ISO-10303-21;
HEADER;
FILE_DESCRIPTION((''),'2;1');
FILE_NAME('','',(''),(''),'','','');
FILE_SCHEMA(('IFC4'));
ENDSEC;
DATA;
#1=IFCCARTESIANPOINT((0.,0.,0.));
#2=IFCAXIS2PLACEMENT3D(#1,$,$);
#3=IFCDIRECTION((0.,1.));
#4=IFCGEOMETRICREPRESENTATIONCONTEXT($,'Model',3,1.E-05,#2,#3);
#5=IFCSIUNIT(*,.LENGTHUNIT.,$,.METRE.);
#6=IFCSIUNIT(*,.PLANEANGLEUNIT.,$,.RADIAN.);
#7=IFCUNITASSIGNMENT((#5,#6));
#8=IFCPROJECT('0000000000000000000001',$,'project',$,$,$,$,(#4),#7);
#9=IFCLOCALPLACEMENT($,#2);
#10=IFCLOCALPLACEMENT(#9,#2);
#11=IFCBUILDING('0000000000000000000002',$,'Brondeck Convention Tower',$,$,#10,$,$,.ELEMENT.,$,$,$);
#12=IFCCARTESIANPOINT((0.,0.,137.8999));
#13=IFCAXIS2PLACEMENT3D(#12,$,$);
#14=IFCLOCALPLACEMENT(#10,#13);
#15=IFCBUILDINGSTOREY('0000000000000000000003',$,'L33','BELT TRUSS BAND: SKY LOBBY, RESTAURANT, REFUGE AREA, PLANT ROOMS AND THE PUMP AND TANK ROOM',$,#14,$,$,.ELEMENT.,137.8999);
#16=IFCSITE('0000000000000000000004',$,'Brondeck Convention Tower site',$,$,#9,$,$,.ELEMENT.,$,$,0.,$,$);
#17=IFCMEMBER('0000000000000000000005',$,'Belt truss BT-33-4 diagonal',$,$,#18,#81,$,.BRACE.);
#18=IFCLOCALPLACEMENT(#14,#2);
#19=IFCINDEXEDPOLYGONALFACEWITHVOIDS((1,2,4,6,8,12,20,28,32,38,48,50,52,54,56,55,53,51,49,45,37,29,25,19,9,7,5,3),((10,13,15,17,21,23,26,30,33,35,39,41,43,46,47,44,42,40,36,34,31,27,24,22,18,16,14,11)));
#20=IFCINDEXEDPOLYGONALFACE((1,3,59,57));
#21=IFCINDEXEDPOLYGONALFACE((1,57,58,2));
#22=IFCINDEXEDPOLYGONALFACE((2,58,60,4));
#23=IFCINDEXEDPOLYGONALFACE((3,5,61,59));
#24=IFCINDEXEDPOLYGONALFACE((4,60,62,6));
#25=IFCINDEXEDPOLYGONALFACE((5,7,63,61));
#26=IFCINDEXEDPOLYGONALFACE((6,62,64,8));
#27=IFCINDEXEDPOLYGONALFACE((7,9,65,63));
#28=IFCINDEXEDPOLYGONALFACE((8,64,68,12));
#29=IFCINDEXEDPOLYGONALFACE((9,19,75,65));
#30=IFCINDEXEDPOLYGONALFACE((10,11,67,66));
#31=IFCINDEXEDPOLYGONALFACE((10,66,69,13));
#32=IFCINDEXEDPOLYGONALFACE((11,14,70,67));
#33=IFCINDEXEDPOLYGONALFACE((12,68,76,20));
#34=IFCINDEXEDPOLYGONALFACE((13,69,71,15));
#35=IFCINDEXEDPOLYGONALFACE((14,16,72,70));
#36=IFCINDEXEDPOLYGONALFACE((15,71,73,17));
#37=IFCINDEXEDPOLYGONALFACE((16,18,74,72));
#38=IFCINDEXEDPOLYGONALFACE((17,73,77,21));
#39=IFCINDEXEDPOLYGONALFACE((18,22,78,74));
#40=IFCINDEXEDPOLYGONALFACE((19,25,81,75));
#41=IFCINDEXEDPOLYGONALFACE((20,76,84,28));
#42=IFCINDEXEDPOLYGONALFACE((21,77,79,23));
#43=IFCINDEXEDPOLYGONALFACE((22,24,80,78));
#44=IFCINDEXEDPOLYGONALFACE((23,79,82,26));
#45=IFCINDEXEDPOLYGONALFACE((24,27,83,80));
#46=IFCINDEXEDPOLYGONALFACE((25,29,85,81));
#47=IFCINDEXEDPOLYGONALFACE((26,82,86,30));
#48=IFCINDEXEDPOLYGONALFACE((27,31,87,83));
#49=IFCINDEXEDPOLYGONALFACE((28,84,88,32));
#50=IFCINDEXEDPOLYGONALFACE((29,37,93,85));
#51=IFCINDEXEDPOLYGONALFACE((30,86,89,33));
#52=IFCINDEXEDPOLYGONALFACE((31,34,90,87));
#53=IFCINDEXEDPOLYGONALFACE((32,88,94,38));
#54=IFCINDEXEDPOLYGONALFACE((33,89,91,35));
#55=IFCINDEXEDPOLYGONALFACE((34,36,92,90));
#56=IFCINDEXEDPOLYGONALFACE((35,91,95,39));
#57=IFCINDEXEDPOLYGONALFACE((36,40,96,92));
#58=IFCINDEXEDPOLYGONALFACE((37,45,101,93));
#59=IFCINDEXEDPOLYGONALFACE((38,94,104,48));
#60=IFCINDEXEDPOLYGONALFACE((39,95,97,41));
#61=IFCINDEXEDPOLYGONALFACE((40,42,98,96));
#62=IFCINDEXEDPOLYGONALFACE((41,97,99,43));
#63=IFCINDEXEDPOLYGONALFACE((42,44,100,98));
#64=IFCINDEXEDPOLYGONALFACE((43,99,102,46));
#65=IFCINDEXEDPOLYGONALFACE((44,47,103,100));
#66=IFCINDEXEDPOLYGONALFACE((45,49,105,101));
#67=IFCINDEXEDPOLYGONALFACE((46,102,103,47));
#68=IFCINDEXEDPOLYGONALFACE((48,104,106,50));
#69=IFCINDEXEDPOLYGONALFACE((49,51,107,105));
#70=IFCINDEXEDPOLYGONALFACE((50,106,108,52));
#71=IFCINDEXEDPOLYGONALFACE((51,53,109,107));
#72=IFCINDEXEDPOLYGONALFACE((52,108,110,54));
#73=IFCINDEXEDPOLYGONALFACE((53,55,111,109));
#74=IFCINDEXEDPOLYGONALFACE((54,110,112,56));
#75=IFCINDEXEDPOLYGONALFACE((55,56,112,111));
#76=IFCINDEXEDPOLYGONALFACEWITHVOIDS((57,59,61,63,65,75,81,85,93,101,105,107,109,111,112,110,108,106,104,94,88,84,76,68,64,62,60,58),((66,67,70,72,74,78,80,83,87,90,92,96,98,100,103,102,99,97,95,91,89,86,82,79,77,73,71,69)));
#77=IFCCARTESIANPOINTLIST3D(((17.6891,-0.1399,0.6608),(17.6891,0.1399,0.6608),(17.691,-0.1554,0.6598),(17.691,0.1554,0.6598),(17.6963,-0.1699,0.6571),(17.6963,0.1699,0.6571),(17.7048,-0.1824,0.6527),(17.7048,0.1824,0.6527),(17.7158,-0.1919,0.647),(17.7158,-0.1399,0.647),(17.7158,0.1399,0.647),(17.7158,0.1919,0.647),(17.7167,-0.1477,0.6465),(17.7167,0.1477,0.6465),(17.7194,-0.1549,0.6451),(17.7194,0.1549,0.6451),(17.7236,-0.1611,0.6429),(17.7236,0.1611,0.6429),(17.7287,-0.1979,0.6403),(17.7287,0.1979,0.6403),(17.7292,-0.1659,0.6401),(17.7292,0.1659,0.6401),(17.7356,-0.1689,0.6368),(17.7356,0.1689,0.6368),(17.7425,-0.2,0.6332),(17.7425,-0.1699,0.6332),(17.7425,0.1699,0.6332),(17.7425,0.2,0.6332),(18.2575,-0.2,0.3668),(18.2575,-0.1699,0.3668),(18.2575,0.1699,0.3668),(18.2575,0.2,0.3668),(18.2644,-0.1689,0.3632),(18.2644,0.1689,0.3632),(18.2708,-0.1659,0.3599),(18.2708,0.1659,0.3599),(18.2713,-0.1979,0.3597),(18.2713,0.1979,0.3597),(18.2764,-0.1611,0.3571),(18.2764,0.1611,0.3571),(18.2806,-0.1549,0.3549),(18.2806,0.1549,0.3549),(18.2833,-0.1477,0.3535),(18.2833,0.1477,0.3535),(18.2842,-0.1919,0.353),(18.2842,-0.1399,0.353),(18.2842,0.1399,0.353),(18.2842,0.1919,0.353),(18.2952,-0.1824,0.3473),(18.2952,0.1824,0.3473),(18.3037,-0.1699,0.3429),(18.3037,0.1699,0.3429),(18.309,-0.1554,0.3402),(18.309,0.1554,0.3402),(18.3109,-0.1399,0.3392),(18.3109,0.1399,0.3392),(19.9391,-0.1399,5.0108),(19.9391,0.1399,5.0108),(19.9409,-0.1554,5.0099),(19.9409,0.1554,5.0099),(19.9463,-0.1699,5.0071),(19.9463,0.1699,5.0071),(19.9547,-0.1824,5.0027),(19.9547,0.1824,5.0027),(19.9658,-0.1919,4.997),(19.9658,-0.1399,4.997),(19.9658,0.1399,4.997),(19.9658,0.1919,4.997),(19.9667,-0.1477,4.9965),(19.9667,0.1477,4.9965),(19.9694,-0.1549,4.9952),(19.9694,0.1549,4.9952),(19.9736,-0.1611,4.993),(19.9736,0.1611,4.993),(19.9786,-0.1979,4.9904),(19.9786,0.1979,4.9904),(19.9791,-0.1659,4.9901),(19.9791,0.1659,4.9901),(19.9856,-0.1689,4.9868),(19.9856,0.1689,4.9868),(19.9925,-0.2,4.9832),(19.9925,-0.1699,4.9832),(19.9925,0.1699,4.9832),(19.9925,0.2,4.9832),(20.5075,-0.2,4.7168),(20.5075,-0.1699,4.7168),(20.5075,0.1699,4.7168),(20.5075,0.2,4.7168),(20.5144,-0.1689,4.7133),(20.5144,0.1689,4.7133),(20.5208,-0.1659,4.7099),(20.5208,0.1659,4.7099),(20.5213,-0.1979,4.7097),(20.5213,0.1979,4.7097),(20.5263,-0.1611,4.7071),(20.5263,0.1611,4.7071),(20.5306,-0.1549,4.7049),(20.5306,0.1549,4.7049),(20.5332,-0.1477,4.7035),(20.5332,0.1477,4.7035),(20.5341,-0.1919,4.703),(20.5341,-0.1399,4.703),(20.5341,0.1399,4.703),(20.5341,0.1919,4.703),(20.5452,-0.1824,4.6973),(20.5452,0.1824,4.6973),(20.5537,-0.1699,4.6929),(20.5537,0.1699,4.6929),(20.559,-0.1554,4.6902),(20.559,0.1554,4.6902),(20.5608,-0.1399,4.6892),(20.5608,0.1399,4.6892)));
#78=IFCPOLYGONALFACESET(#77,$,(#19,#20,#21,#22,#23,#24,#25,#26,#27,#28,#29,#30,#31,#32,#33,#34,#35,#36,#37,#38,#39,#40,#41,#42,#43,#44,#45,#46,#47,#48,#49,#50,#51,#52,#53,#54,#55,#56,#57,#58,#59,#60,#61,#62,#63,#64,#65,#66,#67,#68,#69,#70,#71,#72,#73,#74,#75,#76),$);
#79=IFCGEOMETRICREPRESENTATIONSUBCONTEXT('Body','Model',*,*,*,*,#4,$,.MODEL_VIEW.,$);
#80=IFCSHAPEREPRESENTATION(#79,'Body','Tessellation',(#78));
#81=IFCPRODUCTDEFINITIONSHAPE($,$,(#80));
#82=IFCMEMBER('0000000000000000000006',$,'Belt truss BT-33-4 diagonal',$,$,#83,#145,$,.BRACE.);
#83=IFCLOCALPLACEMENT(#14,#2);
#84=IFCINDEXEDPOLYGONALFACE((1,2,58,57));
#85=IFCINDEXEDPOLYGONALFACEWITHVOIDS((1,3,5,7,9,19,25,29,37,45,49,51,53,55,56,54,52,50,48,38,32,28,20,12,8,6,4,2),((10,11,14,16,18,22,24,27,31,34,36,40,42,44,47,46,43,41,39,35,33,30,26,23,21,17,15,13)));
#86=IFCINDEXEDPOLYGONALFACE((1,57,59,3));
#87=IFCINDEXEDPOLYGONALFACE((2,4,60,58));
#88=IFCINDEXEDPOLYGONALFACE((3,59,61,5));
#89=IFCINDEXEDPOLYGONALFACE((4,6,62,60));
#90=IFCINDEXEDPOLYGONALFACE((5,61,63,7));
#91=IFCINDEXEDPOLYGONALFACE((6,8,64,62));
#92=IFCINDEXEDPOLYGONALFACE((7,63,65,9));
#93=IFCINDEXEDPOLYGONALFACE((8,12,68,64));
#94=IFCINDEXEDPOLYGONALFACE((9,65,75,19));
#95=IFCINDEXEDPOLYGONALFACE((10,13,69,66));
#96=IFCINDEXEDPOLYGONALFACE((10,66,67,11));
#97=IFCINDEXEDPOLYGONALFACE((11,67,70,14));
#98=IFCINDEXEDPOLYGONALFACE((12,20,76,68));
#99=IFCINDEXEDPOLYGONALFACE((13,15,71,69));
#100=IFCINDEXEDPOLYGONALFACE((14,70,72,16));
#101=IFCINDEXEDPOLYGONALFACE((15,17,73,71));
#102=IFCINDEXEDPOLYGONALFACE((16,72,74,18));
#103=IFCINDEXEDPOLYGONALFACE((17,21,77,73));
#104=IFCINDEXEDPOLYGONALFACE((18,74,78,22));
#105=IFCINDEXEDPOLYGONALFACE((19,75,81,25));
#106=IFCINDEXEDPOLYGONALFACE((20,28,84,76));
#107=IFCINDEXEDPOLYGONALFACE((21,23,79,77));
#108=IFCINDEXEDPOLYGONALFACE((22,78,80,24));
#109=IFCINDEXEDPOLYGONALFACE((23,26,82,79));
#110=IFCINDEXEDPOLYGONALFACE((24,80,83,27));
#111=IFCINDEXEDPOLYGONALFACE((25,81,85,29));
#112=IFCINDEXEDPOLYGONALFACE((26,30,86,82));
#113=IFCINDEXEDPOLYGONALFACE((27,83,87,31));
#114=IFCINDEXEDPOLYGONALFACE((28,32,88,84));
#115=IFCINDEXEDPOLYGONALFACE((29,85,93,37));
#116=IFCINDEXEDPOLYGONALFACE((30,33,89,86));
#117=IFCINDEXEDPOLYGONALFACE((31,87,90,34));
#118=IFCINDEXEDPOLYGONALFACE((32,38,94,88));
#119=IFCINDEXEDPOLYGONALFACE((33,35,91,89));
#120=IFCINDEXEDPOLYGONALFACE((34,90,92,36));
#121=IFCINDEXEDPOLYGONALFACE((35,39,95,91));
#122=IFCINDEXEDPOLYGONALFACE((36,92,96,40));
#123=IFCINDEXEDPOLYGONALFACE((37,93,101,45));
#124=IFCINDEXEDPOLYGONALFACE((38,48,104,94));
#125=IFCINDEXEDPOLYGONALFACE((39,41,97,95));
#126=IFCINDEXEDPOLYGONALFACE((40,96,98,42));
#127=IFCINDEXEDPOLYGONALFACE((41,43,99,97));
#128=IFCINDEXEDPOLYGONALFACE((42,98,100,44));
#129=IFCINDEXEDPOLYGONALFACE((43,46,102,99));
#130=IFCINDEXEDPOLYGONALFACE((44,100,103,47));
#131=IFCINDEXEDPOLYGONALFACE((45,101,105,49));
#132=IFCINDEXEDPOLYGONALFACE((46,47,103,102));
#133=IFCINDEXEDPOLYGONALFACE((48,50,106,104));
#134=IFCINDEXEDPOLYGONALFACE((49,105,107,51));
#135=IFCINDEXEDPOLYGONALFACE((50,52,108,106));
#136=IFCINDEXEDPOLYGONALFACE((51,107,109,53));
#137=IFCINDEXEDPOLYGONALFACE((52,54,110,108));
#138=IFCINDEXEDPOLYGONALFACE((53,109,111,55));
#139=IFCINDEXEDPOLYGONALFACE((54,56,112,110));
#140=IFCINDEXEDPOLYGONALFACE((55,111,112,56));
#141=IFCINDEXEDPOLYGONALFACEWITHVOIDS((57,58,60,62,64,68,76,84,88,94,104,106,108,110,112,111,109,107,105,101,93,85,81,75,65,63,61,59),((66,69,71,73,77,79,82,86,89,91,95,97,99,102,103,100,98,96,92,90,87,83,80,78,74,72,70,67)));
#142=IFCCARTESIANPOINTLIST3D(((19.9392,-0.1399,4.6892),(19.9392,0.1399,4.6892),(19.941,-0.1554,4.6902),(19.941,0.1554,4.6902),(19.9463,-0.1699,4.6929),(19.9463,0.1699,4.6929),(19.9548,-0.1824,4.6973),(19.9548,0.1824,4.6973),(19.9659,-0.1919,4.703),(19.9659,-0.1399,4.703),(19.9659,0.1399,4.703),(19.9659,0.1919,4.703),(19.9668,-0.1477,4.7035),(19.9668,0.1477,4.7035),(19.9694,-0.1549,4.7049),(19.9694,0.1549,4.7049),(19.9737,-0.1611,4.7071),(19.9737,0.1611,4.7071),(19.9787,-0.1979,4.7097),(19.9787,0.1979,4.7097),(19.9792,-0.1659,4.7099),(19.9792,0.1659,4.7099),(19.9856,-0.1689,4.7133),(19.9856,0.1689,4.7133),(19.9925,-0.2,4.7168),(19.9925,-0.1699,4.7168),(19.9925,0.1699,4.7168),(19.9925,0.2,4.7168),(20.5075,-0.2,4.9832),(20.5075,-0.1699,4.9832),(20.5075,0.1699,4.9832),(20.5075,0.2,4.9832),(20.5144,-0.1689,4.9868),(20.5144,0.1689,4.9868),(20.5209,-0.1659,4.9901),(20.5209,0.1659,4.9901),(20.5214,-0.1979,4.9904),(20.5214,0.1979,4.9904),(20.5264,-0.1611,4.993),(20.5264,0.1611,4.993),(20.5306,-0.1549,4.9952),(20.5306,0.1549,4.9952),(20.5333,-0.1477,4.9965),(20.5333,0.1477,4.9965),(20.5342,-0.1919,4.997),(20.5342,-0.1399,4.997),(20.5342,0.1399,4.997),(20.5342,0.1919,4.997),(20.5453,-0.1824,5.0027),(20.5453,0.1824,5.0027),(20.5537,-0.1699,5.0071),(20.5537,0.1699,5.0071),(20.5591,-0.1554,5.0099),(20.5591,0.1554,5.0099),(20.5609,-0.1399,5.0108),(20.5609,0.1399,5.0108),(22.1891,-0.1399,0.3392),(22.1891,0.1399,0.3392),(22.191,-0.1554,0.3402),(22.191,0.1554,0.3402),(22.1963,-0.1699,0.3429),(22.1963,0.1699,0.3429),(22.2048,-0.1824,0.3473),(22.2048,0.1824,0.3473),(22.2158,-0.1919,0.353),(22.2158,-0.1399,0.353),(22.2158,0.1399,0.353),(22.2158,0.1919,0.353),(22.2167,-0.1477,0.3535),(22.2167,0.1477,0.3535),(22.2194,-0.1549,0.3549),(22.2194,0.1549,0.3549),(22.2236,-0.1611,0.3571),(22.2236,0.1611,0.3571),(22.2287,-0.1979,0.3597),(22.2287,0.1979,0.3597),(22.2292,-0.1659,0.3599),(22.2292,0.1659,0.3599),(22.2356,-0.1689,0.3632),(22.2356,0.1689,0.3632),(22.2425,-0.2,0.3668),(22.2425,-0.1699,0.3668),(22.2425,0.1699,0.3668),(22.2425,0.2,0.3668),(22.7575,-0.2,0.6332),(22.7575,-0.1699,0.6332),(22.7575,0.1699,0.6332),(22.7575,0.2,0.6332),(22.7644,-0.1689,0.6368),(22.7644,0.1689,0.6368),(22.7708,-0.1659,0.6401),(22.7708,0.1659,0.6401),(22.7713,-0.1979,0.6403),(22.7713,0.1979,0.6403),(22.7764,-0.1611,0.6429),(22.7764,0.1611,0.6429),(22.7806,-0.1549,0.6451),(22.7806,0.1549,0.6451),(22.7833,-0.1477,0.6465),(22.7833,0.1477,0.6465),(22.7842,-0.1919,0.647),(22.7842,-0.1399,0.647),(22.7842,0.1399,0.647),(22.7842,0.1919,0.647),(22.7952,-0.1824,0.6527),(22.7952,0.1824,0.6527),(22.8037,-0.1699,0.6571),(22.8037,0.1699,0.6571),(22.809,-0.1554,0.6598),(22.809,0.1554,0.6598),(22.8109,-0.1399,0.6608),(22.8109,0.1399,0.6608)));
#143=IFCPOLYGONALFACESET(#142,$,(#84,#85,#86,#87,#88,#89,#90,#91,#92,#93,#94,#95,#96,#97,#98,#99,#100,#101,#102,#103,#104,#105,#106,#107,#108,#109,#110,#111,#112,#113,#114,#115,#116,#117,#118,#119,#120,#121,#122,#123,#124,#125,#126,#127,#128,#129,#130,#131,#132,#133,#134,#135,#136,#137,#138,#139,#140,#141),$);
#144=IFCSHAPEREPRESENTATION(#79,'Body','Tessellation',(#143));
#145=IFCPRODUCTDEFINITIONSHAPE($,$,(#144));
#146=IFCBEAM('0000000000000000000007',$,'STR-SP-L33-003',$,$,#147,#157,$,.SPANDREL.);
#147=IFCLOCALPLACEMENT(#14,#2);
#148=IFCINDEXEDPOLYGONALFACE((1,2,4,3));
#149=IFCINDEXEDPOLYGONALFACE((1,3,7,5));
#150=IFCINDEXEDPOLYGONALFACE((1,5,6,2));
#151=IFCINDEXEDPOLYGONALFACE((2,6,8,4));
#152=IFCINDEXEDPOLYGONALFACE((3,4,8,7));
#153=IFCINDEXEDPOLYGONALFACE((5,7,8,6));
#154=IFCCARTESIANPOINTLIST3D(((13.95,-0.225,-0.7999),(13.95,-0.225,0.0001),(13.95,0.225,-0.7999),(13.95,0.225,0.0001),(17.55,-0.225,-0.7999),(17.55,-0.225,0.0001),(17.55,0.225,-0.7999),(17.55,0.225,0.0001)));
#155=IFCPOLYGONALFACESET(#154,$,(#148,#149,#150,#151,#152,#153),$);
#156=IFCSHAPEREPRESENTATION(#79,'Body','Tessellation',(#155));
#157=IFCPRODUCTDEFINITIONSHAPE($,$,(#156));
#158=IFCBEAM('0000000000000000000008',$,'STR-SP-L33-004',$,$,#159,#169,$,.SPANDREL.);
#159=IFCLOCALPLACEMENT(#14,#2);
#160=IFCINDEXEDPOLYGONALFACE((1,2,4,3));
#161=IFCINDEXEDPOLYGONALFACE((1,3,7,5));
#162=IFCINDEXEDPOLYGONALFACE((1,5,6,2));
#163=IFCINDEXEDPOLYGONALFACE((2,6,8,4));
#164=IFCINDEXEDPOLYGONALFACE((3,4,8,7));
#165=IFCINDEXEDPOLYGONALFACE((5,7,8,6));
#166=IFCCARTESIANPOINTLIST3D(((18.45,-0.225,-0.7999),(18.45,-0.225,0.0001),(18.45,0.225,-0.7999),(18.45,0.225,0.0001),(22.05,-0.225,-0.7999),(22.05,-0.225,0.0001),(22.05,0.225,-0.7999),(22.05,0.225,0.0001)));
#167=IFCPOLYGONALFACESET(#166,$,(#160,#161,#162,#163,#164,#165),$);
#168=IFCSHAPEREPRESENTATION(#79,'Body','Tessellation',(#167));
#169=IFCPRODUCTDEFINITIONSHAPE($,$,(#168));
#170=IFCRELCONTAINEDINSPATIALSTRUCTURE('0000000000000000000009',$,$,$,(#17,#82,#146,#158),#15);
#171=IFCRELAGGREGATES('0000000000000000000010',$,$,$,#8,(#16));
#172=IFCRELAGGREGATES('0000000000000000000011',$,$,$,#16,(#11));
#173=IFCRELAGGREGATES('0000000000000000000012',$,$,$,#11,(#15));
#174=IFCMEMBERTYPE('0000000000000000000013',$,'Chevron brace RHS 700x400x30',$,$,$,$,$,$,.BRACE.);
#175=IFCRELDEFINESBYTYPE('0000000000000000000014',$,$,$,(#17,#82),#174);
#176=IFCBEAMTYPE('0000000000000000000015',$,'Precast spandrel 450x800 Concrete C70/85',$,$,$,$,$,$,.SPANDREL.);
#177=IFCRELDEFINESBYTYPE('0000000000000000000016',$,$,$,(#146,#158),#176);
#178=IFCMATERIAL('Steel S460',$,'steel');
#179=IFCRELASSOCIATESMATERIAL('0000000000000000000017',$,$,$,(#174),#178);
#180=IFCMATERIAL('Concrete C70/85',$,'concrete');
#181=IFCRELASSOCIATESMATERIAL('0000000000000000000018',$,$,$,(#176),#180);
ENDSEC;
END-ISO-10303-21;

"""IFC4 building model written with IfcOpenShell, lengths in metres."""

from ifc_helpers import new_model, si_unit, direction, frame, origin, origin_2d, place, context, subcontext, project, spatial, rectangle, hollow_rectangle, extrude, material, material_profile, profile_set, type_object, element, save


model = new_model("IFC4")

# Units and contexts
model_context = context("Model", 3, precision=1e-05, world=origin(), true_north=direction((0.0, 1.0)))
body_context = subcontext(model_context, "Body", "Model", "MODEL_VIEW")
ifc_project = project(units=[si_unit("LENGTHUNIT", "METRE"), si_unit("PLANEANGLEUNIT", "RADIAN")], contexts=[model_context])

# Site, building, storey
site_placement = place(None, origin())
site = spatial("IfcSite", under=ifc_project, at=site_placement, Name="Brondeck Convention Tower site", CompositionType="ELEMENT", RefElevation=0.0)
building_placement = place(site_placement, origin())
building = spatial("IfcBuilding", under=site, at=building_placement, Name="Brondeck Convention Tower", CompositionType="ELEMENT")
storey_placement = place(building_placement, frame((0.0, 0.0, 137.8999)))
storey = spatial("IfcBuildingStorey", under=building, at=storey_placement, Name="L33", Description="BELT TRUSS BAND: SKY LOBBY, RESTAURANT, REFUGE AREA, PLANT ROOMS AND THE PUMP AND TANK ROOM", CompositionType="ELEMENT", Elevation=137.8999)

# Shared definitions
ifc_material_1 = material(Name="Concrete C70/85", Category="concrete")

# Members
ifc_material_2 = material(Name="Steel S460", Category="steel")
ifc_material_profile_1 = material_profile(ifc_material_2, hollow_rectangle(XDim=0.3999, YDim=0.7, WallThickness=0.03, InnerFilletRadius=0.03, OuterFilletRadius=0.0601, at=origin_2d()), Name="RHS 700x400x30")
ifc_profile_set_1 = profile_set([ifc_material_profile_1], Name="Steel S460")
member_type_1 = type_object("IfcMemberType", Name="Chevron brace RHS 700x400x30", PredefinedType="BRACE", material=ifc_profile_set_1)
for number, where, z_axis, x_axis, name in (
    (1, (18.0, 0.0, 0.5), (0.459415, 0.0, 0.888222), (0.0, 1.0, 0.0), "Belt truss BT-33-4 diagonal"),
    (2, (22.5, 0.0, 0.5), (-0.459415, 0.0, 0.888222), (0.0, -1.0, 0.0), "Belt truss BT-33-4 diagonal"),
):
    element("IfcMember", number, at=place(storey_placement, frame(where, z_axis=z_axis, x_axis=x_axis)), inside=storey, type_object=member_type_1, Name=name, PredefinedType="BRACE", context=body_context, shape_type="SweptSolid", body=[
        extrude(hollow_rectangle(XDim=0.3999, YDim=0.7, WallThickness=0.03, InnerFilletRadius=0.03, OuterFilletRadius=0.0601, at=origin_2d()), origin(), (0.0, 0.0, 1.0), 4.8975),
    ])

# Beams
ifc_material_profile_2 = material_profile(ifc_material_1, rectangle(XDim=0.45, YDim=0.8, at=origin_2d()), Name="Precast spandrel 450x800 Concrete C70/85")
ifc_profile_set_2 = profile_set([ifc_material_profile_2], Name="Concrete C70/85")
beam_type = type_object("IfcBeamType", Name="Precast spandrel 450x800 Concrete C70/85", PredefinedType="SPANDREL", material=ifc_profile_set_2)
for number, where, z_axis, x_axis, name in (
    (3, (13.95, 0.0, -0.3999), (1.0, 0.0, 0.0), (0.0, 1.0, 0.0), "STR-SP-L33-003"),
    (4, (18.45, 0.0, -0.3999), (1.0, 0.0, 0.0), (0.0, 1.0, 0.0), "STR-SP-L33-004"),
):
    element("IfcBeam", number, at=place(storey_placement, frame(where, z_axis=z_axis, x_axis=x_axis)), inside=storey, type_object=beam_type, Name=name, PredefinedType="SPANDREL", context=body_context, shape_type="SweptSolid", body=[
        extrude(rectangle(XDim=0.45, YDim=0.8, at=origin_2d()), origin(), (0.0, 0.0, 1.0), 3.6001),
    ])

save(model, "model.ifc")
